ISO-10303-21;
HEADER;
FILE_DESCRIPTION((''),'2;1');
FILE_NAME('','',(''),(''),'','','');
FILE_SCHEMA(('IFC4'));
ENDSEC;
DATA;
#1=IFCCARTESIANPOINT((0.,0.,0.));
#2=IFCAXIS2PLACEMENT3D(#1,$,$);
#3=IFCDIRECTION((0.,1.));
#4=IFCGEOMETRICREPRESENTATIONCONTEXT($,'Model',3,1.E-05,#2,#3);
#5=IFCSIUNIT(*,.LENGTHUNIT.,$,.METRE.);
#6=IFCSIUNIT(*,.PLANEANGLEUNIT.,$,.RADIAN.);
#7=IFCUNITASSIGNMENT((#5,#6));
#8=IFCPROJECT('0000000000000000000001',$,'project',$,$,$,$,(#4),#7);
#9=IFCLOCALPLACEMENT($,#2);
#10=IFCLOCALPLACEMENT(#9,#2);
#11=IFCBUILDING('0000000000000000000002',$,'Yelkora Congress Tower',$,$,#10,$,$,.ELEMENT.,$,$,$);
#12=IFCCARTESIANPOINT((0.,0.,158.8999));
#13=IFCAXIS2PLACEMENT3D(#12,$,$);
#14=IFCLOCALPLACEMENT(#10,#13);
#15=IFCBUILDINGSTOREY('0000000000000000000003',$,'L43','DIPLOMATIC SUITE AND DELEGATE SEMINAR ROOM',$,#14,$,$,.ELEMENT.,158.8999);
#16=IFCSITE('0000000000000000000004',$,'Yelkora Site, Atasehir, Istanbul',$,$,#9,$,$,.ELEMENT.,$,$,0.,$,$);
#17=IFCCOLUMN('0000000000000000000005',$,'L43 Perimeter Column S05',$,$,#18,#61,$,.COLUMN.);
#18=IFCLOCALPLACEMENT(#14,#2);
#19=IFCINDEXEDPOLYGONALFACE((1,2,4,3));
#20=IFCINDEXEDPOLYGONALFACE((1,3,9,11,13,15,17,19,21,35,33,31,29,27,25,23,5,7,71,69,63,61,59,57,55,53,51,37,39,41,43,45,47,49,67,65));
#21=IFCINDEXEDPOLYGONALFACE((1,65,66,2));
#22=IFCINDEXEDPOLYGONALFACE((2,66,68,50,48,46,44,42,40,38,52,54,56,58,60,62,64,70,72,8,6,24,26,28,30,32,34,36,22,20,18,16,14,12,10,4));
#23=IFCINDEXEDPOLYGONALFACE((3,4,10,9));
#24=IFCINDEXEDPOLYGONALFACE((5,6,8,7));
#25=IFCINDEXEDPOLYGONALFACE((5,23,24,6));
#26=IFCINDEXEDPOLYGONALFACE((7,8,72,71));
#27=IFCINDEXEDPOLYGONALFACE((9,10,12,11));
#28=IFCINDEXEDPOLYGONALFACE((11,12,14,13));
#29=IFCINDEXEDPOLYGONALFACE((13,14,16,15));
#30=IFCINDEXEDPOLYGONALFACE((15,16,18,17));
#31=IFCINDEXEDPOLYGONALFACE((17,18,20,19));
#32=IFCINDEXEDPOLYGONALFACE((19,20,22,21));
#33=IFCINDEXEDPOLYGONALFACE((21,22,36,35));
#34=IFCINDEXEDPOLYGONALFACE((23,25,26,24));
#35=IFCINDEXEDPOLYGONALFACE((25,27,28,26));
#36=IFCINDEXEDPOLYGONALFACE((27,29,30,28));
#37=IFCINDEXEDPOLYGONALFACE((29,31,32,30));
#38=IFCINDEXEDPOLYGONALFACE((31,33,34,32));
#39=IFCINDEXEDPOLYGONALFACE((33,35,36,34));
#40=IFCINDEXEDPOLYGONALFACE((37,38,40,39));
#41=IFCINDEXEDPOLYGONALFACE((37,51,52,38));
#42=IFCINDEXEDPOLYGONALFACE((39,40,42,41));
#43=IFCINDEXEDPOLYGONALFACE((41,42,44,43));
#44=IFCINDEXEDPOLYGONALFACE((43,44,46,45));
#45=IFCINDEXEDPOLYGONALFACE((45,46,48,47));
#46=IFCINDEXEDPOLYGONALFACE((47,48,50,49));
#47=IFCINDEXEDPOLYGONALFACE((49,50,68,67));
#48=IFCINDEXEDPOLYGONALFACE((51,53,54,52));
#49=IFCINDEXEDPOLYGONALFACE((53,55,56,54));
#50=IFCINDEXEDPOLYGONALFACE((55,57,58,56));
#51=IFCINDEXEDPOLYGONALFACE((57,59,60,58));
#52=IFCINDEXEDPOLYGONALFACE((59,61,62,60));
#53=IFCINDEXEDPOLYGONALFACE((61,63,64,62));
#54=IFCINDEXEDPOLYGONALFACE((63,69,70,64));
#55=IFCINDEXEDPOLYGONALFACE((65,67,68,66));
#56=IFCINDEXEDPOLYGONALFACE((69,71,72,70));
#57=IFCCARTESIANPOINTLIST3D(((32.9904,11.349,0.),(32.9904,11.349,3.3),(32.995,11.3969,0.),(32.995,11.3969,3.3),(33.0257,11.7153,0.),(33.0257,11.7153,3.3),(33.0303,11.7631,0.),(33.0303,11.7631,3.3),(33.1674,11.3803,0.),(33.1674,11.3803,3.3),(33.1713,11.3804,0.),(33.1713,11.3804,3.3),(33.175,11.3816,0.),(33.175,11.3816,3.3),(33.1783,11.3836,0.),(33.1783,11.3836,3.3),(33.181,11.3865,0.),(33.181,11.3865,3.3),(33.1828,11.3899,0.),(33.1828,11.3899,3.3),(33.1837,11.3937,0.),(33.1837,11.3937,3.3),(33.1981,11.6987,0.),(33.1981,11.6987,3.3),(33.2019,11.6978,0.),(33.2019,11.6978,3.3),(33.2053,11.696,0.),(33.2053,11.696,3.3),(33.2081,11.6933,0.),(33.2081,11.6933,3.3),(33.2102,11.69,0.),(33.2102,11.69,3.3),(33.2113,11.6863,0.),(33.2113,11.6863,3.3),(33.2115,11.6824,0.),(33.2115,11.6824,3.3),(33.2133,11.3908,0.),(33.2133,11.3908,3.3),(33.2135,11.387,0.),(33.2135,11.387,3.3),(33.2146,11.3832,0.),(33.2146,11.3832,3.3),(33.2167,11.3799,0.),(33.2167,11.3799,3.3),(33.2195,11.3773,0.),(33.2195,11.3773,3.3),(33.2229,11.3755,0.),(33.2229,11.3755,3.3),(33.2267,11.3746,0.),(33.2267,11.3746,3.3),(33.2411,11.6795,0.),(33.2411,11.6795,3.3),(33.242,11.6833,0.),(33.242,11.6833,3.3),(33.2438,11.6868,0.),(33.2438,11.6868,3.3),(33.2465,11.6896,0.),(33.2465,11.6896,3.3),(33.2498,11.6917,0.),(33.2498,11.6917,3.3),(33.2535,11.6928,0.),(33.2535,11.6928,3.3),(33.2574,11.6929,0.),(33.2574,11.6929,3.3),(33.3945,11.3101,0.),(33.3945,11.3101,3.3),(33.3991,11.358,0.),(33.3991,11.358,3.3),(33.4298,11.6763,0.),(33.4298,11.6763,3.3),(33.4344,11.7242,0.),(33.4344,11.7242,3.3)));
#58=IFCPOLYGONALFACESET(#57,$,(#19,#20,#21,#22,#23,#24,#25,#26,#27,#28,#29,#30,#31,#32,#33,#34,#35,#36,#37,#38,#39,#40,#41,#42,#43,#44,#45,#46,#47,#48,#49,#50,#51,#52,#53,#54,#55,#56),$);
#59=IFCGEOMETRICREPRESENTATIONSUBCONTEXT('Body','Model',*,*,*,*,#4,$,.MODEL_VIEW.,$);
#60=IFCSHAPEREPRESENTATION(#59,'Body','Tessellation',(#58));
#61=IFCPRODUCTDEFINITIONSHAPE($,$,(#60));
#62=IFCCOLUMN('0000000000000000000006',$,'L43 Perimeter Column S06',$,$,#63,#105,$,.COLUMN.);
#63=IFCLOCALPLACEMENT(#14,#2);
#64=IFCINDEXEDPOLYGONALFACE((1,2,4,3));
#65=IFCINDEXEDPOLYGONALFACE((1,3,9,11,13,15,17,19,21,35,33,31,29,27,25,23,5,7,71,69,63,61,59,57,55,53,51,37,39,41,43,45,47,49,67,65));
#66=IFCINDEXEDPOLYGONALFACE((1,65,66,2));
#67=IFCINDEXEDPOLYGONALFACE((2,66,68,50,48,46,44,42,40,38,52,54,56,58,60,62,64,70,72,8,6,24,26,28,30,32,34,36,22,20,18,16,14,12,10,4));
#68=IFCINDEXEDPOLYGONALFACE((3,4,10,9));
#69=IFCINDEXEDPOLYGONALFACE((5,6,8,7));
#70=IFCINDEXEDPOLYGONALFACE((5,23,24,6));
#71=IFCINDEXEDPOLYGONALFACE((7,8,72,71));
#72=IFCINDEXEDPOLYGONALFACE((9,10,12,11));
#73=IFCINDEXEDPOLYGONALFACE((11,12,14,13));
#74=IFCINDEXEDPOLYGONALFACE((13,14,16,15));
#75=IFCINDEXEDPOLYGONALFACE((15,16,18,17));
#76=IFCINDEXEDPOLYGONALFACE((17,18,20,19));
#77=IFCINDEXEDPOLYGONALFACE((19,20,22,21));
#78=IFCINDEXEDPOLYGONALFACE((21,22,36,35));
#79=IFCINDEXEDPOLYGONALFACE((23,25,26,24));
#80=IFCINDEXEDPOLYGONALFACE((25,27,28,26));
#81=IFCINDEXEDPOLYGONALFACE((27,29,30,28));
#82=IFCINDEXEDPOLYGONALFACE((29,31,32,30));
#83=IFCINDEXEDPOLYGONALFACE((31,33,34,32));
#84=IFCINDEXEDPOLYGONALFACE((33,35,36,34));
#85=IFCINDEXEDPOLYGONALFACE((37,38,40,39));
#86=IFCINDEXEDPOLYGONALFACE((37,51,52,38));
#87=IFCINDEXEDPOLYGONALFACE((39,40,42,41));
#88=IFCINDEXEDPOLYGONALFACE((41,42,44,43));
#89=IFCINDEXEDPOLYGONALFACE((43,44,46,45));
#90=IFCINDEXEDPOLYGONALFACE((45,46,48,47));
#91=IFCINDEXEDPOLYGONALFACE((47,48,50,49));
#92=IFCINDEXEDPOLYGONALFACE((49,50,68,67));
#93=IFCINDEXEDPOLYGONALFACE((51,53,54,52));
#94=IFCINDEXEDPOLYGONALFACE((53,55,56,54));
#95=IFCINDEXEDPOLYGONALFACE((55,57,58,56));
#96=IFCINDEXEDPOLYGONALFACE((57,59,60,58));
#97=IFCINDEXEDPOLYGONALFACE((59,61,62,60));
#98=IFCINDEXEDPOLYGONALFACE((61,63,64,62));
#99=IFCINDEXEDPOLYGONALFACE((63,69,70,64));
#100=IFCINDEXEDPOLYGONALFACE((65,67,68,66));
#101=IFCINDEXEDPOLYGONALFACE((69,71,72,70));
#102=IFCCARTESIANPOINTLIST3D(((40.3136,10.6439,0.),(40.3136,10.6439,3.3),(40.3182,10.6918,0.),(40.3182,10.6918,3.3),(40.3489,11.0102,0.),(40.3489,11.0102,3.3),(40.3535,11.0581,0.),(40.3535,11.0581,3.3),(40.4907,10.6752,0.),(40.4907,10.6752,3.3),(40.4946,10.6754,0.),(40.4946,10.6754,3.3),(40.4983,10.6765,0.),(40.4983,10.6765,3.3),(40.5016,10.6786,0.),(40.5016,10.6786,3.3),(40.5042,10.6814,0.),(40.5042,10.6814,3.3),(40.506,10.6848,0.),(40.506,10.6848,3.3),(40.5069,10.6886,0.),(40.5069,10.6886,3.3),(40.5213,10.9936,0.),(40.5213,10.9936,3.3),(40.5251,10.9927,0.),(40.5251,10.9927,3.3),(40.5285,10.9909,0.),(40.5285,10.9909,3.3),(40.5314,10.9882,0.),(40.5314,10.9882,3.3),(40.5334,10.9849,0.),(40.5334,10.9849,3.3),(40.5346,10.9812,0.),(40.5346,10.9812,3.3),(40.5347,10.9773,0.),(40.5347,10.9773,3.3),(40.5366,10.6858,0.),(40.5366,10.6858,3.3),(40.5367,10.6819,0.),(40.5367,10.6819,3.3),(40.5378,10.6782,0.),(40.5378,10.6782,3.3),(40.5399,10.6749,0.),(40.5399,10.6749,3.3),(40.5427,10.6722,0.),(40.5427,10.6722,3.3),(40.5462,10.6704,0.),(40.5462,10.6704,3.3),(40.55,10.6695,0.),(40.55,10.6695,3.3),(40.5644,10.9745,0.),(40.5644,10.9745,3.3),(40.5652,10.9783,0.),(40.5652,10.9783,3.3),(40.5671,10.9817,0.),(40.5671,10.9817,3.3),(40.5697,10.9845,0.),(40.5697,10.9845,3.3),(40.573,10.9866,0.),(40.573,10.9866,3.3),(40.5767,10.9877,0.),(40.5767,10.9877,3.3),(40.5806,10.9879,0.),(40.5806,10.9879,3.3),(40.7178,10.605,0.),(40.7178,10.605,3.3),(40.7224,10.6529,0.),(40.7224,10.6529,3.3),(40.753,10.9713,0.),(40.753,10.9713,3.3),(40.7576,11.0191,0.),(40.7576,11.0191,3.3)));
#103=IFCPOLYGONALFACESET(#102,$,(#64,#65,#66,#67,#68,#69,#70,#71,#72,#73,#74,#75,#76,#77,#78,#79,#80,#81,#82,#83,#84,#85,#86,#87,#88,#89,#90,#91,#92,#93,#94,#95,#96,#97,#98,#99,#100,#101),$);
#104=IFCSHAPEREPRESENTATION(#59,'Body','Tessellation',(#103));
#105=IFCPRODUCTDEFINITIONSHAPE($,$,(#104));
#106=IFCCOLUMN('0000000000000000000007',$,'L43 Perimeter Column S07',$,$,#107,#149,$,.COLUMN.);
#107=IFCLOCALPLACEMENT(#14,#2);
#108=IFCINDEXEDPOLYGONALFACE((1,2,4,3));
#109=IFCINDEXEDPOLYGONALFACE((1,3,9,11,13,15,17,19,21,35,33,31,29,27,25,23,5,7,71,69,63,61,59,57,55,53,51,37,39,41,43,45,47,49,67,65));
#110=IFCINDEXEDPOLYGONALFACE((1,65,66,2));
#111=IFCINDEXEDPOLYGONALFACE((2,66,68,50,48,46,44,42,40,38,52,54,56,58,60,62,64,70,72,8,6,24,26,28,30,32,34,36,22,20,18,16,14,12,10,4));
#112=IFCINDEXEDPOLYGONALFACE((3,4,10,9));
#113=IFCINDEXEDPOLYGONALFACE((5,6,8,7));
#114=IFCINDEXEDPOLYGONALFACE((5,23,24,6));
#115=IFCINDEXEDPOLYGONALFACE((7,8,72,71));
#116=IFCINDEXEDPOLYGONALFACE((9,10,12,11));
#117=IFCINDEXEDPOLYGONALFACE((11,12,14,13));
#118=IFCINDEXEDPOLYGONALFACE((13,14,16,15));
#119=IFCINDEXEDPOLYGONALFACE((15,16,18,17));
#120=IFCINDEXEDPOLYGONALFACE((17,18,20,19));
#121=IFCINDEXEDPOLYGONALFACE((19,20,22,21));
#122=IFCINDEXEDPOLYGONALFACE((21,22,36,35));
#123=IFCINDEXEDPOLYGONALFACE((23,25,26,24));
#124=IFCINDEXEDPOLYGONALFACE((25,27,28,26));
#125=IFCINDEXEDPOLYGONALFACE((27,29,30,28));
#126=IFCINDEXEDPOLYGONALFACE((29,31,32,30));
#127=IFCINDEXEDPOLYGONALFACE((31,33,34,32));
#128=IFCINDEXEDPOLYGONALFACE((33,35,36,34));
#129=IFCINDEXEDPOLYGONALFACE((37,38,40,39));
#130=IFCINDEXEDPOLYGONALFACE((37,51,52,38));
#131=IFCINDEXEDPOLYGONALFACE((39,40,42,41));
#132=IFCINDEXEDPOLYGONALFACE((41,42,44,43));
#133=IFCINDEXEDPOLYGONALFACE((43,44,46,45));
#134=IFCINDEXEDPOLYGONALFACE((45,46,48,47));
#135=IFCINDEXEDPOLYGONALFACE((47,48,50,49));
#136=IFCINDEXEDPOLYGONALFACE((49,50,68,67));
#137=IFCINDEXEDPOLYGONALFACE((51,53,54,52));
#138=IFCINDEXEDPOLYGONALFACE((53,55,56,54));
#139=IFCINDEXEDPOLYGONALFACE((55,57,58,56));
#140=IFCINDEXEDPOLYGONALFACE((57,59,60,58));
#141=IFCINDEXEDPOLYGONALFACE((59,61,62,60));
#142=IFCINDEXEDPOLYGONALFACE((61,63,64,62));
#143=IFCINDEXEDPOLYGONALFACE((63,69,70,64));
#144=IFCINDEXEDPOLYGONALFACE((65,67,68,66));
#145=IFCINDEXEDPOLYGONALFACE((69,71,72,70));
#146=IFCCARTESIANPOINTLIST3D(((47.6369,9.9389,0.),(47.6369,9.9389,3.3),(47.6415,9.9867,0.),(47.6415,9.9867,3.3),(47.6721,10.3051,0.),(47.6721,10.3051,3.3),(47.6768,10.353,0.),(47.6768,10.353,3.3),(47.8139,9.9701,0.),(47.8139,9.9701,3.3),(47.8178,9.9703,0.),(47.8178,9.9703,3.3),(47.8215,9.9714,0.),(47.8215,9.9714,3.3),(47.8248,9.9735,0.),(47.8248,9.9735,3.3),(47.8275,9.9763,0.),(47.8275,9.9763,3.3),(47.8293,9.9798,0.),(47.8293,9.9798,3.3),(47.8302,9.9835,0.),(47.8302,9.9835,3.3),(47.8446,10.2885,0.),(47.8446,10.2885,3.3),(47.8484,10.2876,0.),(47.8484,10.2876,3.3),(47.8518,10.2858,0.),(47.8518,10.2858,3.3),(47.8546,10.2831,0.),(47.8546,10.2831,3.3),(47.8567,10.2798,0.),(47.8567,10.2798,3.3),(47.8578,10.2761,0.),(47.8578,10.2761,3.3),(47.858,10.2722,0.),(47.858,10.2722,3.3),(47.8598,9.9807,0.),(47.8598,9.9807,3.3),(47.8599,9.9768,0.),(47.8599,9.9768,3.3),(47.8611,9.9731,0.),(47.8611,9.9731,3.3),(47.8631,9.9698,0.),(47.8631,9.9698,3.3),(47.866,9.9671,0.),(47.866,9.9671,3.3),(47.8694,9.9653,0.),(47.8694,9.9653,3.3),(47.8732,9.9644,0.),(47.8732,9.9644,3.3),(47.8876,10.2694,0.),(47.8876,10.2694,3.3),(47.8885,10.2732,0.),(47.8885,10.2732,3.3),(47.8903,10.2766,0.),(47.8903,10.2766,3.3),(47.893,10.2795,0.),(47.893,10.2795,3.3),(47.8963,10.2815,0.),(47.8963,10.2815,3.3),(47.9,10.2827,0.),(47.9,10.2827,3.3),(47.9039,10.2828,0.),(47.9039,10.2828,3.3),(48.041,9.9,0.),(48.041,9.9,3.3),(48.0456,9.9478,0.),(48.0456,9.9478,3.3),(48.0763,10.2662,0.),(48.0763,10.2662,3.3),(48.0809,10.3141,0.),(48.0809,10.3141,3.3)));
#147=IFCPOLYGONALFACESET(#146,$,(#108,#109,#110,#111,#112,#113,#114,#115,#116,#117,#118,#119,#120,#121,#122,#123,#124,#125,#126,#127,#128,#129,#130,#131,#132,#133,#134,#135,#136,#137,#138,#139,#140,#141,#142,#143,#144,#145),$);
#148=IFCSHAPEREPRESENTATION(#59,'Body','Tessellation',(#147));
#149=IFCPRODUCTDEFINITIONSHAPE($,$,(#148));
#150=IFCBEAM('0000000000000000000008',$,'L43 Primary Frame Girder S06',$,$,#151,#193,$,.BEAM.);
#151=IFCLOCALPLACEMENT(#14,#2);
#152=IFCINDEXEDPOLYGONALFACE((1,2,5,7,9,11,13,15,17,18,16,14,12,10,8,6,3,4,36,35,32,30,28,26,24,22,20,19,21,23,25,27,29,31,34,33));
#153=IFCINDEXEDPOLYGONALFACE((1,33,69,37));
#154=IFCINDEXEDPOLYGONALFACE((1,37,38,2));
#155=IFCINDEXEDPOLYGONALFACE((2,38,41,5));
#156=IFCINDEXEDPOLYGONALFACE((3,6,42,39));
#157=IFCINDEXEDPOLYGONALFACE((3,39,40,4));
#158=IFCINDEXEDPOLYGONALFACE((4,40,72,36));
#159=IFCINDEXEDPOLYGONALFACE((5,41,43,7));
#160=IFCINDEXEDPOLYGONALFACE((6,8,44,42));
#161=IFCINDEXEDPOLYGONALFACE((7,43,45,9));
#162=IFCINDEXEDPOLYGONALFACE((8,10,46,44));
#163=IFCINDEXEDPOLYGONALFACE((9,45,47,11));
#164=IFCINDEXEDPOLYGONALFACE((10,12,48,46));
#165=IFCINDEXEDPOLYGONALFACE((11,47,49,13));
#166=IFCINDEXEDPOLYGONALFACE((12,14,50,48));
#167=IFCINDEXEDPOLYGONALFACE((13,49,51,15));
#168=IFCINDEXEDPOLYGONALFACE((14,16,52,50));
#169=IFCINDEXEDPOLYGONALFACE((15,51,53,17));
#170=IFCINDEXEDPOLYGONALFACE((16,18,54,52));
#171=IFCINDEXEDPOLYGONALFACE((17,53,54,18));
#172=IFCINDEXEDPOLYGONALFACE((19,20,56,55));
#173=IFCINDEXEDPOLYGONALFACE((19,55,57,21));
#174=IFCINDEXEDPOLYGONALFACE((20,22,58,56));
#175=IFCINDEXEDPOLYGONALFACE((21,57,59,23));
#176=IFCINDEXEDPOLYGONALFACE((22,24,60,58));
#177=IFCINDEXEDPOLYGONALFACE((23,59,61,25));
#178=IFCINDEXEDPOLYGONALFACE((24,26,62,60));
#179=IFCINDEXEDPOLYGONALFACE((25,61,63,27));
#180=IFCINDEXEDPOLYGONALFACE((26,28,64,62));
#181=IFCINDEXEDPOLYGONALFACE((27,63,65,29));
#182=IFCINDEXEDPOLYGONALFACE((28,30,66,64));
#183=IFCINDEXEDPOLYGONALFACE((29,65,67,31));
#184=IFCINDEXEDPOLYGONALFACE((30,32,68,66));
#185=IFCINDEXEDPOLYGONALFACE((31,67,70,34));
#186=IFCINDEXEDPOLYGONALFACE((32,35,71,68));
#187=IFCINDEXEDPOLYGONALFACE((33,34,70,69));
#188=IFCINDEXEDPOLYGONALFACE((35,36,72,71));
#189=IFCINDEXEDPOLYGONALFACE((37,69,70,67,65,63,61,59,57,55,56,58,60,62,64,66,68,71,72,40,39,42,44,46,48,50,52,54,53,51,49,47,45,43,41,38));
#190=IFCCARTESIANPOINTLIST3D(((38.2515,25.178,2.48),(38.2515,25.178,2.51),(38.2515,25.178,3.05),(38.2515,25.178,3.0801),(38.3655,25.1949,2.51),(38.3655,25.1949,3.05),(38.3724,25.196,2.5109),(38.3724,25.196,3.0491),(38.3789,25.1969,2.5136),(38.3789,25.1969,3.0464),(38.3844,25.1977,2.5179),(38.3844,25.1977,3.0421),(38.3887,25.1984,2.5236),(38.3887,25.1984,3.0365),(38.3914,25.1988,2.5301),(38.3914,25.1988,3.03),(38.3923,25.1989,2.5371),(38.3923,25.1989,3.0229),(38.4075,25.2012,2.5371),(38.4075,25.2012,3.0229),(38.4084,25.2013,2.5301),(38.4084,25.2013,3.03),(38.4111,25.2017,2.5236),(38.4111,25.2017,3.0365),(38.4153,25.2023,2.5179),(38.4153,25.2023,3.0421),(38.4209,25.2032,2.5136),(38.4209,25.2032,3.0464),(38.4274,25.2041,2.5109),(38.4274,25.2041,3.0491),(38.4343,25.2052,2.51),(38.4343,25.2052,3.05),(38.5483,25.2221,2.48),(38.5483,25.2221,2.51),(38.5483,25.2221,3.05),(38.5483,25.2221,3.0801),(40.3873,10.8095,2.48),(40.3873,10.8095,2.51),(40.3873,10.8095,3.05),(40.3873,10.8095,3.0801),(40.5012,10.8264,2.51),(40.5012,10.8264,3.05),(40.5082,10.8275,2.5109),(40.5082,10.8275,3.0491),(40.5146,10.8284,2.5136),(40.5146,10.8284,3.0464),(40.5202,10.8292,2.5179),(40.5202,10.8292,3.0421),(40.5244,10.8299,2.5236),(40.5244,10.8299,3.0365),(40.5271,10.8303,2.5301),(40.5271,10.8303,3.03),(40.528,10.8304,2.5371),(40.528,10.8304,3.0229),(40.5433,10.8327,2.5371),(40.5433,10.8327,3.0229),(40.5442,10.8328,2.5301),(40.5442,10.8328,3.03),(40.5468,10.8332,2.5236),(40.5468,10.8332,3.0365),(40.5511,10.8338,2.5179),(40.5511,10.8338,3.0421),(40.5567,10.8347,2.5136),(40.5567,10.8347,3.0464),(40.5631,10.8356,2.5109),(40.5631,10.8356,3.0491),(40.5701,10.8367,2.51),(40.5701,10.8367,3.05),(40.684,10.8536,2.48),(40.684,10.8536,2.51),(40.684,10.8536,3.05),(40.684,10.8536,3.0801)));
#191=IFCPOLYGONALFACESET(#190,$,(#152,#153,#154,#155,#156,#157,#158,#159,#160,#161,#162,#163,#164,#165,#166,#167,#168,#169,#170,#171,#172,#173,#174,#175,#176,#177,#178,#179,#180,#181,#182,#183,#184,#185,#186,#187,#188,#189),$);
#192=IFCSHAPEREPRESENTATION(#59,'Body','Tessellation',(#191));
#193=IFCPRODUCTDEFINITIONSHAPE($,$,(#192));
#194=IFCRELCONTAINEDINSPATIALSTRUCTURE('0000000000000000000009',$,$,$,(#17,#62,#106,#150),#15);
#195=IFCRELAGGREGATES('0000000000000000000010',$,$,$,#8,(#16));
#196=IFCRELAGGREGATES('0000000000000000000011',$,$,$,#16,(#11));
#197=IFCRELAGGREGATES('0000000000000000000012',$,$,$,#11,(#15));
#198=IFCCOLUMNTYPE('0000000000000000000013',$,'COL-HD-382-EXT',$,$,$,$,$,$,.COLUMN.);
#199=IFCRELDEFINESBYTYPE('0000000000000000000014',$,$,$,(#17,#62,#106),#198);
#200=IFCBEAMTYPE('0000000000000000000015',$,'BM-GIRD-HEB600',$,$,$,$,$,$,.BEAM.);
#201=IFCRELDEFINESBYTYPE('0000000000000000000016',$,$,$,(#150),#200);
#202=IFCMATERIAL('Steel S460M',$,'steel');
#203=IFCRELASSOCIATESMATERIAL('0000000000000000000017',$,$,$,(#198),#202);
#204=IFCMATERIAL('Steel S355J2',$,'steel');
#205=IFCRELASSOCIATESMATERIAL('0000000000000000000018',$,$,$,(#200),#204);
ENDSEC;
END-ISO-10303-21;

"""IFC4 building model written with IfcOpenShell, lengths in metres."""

from ifc_helpers import new_model, si_unit, direction, frame, origin, origin_2d, place, context, subcontext, project, spatial, i_section, extrude, material, material_profile, profile_set, type_object, element, save


model = new_model("IFC4")

# Units and contexts
model_context = context("Model", 3, precision=1e-05, world=origin(), true_north=direction((0.0, 1.0)))
body_context = subcontext(model_context, "Body", "Model", "MODEL_VIEW")
ifc_project = project(units=[si_unit("LENGTHUNIT", "METRE"), si_unit("PLANEANGLEUNIT", "RADIAN")], contexts=[model_context])

# Site, building, storey
site_placement = place(None, origin())
site = spatial("IfcSite", under=ifc_project, at=site_placement, Name="Yelkora Site, Atasehir, Istanbul", CompositionType="ELEMENT", RefElevation=0.0)
building_placement = place(site_placement, origin())
building = spatial("IfcBuilding", under=site, at=building_placement, Name="Yelkora Congress Tower", CompositionType="ELEMENT")
storey_placement = place(building_placement, frame((0.0, 0.0, 158.8999)))
storey = spatial("IfcBuildingStorey", under=building, at=storey_placement, Name="L43", Description="DIPLOMATIC SUITE AND DELEGATE SEMINAR ROOM", CompositionType="ELEMENT", Elevation=158.8999)

# Columns
ifc_material_1 = material(Name="Steel S460M", Category="steel")
ifc_material_profile_1 = material_profile(ifc_material_1, i_section(OverallWidth=0.406, OverallDepth=0.416, WebThickness=0.0298, FlangeThickness=0.0481, FilletRadius=0.0149, at=origin_2d()), Name="HD 400x382")
ifc_profile_set_1 = profile_set([ifc_material_profile_1], Name="Steel S460M")
column_type = type_object("IfcColumnType", Name="COL-HD-382-EXT", PredefinedType="COLUMN", material=ifc_profile_set_1)
for number, where, z_axis, x_axis, name in (
    (1, (33.2124, 11.5366, 0.0), (0.0, 0.0, 1.0), (0.995396, -0.095846, 0.0), "L43 Perimeter Column S05"),
    (2, (40.5356, 10.8315, 0.0), (0.0, 0.0, 1.0), (0.995396, -0.095846, 0.0), "L43 Perimeter Column S06"),
    (3, (47.8589, 10.1265, 0.0), (0.0, 0.0, 1.0), (0.995396, -0.095846, 0.0), "L43 Perimeter Column S07"),
):
    element("IfcColumn", number, at=place(storey_placement, frame(where, z_axis=z_axis, x_axis=x_axis)), inside=storey, type_object=column_type, Name=name, PredefinedType="COLUMN", context=body_context, shape_type="SweptSolid", body=[
        extrude(i_section(OverallWidth=0.406, OverallDepth=0.416, WebThickness=0.0298, FlangeThickness=0.0481, FilletRadius=0.0149, at=origin_2d()), origin(), (0.0, 0.0, 1.0), 3.3),
    ])

# Beam
ifc_material_2 = material(Name="Steel S355J2", Category="steel")
ifc_material_profile_2 = material_profile(ifc_material_2, i_section(OverallWidth=0.3, OverallDepth=0.6001, WebThickness=0.0154, FlangeThickness=0.03, FilletRadius=0.0271, at=origin_2d()), Name="HEB 600")
ifc_profile_set_2 = profile_set([ifc_material_profile_2], Name="Steel S355J2")
beam_type_1 = type_object("IfcBeamType", Name="BM-GIRD-HEB600", PredefinedType="BEAM", material=ifc_profile_set_2)
beam_1_placement = place(storey_placement, frame((40.5356, 10.8315, 2.78), z_axis=(-0.147026, 0.989133, 0.0), x_axis=(-0.989133, -0.147026, 0.0)))
element("IfcBeam", 4, at=beam_1_placement, inside=storey, type_object=beam_type_1, Name="L43 Primary Frame Girder S06", PredefinedType="BEAM", context=body_context, shape_type="SweptSolid", body=[
    extrude(i_section(OverallWidth=0.3, OverallDepth=0.6001, WebThickness=0.0154, FlangeThickness=0.03, FilletRadius=0.0271, at=origin_2d()), origin(), (0.0, 0.0, 1.0), 14.5264),
])

save(model, "model.ifc")
